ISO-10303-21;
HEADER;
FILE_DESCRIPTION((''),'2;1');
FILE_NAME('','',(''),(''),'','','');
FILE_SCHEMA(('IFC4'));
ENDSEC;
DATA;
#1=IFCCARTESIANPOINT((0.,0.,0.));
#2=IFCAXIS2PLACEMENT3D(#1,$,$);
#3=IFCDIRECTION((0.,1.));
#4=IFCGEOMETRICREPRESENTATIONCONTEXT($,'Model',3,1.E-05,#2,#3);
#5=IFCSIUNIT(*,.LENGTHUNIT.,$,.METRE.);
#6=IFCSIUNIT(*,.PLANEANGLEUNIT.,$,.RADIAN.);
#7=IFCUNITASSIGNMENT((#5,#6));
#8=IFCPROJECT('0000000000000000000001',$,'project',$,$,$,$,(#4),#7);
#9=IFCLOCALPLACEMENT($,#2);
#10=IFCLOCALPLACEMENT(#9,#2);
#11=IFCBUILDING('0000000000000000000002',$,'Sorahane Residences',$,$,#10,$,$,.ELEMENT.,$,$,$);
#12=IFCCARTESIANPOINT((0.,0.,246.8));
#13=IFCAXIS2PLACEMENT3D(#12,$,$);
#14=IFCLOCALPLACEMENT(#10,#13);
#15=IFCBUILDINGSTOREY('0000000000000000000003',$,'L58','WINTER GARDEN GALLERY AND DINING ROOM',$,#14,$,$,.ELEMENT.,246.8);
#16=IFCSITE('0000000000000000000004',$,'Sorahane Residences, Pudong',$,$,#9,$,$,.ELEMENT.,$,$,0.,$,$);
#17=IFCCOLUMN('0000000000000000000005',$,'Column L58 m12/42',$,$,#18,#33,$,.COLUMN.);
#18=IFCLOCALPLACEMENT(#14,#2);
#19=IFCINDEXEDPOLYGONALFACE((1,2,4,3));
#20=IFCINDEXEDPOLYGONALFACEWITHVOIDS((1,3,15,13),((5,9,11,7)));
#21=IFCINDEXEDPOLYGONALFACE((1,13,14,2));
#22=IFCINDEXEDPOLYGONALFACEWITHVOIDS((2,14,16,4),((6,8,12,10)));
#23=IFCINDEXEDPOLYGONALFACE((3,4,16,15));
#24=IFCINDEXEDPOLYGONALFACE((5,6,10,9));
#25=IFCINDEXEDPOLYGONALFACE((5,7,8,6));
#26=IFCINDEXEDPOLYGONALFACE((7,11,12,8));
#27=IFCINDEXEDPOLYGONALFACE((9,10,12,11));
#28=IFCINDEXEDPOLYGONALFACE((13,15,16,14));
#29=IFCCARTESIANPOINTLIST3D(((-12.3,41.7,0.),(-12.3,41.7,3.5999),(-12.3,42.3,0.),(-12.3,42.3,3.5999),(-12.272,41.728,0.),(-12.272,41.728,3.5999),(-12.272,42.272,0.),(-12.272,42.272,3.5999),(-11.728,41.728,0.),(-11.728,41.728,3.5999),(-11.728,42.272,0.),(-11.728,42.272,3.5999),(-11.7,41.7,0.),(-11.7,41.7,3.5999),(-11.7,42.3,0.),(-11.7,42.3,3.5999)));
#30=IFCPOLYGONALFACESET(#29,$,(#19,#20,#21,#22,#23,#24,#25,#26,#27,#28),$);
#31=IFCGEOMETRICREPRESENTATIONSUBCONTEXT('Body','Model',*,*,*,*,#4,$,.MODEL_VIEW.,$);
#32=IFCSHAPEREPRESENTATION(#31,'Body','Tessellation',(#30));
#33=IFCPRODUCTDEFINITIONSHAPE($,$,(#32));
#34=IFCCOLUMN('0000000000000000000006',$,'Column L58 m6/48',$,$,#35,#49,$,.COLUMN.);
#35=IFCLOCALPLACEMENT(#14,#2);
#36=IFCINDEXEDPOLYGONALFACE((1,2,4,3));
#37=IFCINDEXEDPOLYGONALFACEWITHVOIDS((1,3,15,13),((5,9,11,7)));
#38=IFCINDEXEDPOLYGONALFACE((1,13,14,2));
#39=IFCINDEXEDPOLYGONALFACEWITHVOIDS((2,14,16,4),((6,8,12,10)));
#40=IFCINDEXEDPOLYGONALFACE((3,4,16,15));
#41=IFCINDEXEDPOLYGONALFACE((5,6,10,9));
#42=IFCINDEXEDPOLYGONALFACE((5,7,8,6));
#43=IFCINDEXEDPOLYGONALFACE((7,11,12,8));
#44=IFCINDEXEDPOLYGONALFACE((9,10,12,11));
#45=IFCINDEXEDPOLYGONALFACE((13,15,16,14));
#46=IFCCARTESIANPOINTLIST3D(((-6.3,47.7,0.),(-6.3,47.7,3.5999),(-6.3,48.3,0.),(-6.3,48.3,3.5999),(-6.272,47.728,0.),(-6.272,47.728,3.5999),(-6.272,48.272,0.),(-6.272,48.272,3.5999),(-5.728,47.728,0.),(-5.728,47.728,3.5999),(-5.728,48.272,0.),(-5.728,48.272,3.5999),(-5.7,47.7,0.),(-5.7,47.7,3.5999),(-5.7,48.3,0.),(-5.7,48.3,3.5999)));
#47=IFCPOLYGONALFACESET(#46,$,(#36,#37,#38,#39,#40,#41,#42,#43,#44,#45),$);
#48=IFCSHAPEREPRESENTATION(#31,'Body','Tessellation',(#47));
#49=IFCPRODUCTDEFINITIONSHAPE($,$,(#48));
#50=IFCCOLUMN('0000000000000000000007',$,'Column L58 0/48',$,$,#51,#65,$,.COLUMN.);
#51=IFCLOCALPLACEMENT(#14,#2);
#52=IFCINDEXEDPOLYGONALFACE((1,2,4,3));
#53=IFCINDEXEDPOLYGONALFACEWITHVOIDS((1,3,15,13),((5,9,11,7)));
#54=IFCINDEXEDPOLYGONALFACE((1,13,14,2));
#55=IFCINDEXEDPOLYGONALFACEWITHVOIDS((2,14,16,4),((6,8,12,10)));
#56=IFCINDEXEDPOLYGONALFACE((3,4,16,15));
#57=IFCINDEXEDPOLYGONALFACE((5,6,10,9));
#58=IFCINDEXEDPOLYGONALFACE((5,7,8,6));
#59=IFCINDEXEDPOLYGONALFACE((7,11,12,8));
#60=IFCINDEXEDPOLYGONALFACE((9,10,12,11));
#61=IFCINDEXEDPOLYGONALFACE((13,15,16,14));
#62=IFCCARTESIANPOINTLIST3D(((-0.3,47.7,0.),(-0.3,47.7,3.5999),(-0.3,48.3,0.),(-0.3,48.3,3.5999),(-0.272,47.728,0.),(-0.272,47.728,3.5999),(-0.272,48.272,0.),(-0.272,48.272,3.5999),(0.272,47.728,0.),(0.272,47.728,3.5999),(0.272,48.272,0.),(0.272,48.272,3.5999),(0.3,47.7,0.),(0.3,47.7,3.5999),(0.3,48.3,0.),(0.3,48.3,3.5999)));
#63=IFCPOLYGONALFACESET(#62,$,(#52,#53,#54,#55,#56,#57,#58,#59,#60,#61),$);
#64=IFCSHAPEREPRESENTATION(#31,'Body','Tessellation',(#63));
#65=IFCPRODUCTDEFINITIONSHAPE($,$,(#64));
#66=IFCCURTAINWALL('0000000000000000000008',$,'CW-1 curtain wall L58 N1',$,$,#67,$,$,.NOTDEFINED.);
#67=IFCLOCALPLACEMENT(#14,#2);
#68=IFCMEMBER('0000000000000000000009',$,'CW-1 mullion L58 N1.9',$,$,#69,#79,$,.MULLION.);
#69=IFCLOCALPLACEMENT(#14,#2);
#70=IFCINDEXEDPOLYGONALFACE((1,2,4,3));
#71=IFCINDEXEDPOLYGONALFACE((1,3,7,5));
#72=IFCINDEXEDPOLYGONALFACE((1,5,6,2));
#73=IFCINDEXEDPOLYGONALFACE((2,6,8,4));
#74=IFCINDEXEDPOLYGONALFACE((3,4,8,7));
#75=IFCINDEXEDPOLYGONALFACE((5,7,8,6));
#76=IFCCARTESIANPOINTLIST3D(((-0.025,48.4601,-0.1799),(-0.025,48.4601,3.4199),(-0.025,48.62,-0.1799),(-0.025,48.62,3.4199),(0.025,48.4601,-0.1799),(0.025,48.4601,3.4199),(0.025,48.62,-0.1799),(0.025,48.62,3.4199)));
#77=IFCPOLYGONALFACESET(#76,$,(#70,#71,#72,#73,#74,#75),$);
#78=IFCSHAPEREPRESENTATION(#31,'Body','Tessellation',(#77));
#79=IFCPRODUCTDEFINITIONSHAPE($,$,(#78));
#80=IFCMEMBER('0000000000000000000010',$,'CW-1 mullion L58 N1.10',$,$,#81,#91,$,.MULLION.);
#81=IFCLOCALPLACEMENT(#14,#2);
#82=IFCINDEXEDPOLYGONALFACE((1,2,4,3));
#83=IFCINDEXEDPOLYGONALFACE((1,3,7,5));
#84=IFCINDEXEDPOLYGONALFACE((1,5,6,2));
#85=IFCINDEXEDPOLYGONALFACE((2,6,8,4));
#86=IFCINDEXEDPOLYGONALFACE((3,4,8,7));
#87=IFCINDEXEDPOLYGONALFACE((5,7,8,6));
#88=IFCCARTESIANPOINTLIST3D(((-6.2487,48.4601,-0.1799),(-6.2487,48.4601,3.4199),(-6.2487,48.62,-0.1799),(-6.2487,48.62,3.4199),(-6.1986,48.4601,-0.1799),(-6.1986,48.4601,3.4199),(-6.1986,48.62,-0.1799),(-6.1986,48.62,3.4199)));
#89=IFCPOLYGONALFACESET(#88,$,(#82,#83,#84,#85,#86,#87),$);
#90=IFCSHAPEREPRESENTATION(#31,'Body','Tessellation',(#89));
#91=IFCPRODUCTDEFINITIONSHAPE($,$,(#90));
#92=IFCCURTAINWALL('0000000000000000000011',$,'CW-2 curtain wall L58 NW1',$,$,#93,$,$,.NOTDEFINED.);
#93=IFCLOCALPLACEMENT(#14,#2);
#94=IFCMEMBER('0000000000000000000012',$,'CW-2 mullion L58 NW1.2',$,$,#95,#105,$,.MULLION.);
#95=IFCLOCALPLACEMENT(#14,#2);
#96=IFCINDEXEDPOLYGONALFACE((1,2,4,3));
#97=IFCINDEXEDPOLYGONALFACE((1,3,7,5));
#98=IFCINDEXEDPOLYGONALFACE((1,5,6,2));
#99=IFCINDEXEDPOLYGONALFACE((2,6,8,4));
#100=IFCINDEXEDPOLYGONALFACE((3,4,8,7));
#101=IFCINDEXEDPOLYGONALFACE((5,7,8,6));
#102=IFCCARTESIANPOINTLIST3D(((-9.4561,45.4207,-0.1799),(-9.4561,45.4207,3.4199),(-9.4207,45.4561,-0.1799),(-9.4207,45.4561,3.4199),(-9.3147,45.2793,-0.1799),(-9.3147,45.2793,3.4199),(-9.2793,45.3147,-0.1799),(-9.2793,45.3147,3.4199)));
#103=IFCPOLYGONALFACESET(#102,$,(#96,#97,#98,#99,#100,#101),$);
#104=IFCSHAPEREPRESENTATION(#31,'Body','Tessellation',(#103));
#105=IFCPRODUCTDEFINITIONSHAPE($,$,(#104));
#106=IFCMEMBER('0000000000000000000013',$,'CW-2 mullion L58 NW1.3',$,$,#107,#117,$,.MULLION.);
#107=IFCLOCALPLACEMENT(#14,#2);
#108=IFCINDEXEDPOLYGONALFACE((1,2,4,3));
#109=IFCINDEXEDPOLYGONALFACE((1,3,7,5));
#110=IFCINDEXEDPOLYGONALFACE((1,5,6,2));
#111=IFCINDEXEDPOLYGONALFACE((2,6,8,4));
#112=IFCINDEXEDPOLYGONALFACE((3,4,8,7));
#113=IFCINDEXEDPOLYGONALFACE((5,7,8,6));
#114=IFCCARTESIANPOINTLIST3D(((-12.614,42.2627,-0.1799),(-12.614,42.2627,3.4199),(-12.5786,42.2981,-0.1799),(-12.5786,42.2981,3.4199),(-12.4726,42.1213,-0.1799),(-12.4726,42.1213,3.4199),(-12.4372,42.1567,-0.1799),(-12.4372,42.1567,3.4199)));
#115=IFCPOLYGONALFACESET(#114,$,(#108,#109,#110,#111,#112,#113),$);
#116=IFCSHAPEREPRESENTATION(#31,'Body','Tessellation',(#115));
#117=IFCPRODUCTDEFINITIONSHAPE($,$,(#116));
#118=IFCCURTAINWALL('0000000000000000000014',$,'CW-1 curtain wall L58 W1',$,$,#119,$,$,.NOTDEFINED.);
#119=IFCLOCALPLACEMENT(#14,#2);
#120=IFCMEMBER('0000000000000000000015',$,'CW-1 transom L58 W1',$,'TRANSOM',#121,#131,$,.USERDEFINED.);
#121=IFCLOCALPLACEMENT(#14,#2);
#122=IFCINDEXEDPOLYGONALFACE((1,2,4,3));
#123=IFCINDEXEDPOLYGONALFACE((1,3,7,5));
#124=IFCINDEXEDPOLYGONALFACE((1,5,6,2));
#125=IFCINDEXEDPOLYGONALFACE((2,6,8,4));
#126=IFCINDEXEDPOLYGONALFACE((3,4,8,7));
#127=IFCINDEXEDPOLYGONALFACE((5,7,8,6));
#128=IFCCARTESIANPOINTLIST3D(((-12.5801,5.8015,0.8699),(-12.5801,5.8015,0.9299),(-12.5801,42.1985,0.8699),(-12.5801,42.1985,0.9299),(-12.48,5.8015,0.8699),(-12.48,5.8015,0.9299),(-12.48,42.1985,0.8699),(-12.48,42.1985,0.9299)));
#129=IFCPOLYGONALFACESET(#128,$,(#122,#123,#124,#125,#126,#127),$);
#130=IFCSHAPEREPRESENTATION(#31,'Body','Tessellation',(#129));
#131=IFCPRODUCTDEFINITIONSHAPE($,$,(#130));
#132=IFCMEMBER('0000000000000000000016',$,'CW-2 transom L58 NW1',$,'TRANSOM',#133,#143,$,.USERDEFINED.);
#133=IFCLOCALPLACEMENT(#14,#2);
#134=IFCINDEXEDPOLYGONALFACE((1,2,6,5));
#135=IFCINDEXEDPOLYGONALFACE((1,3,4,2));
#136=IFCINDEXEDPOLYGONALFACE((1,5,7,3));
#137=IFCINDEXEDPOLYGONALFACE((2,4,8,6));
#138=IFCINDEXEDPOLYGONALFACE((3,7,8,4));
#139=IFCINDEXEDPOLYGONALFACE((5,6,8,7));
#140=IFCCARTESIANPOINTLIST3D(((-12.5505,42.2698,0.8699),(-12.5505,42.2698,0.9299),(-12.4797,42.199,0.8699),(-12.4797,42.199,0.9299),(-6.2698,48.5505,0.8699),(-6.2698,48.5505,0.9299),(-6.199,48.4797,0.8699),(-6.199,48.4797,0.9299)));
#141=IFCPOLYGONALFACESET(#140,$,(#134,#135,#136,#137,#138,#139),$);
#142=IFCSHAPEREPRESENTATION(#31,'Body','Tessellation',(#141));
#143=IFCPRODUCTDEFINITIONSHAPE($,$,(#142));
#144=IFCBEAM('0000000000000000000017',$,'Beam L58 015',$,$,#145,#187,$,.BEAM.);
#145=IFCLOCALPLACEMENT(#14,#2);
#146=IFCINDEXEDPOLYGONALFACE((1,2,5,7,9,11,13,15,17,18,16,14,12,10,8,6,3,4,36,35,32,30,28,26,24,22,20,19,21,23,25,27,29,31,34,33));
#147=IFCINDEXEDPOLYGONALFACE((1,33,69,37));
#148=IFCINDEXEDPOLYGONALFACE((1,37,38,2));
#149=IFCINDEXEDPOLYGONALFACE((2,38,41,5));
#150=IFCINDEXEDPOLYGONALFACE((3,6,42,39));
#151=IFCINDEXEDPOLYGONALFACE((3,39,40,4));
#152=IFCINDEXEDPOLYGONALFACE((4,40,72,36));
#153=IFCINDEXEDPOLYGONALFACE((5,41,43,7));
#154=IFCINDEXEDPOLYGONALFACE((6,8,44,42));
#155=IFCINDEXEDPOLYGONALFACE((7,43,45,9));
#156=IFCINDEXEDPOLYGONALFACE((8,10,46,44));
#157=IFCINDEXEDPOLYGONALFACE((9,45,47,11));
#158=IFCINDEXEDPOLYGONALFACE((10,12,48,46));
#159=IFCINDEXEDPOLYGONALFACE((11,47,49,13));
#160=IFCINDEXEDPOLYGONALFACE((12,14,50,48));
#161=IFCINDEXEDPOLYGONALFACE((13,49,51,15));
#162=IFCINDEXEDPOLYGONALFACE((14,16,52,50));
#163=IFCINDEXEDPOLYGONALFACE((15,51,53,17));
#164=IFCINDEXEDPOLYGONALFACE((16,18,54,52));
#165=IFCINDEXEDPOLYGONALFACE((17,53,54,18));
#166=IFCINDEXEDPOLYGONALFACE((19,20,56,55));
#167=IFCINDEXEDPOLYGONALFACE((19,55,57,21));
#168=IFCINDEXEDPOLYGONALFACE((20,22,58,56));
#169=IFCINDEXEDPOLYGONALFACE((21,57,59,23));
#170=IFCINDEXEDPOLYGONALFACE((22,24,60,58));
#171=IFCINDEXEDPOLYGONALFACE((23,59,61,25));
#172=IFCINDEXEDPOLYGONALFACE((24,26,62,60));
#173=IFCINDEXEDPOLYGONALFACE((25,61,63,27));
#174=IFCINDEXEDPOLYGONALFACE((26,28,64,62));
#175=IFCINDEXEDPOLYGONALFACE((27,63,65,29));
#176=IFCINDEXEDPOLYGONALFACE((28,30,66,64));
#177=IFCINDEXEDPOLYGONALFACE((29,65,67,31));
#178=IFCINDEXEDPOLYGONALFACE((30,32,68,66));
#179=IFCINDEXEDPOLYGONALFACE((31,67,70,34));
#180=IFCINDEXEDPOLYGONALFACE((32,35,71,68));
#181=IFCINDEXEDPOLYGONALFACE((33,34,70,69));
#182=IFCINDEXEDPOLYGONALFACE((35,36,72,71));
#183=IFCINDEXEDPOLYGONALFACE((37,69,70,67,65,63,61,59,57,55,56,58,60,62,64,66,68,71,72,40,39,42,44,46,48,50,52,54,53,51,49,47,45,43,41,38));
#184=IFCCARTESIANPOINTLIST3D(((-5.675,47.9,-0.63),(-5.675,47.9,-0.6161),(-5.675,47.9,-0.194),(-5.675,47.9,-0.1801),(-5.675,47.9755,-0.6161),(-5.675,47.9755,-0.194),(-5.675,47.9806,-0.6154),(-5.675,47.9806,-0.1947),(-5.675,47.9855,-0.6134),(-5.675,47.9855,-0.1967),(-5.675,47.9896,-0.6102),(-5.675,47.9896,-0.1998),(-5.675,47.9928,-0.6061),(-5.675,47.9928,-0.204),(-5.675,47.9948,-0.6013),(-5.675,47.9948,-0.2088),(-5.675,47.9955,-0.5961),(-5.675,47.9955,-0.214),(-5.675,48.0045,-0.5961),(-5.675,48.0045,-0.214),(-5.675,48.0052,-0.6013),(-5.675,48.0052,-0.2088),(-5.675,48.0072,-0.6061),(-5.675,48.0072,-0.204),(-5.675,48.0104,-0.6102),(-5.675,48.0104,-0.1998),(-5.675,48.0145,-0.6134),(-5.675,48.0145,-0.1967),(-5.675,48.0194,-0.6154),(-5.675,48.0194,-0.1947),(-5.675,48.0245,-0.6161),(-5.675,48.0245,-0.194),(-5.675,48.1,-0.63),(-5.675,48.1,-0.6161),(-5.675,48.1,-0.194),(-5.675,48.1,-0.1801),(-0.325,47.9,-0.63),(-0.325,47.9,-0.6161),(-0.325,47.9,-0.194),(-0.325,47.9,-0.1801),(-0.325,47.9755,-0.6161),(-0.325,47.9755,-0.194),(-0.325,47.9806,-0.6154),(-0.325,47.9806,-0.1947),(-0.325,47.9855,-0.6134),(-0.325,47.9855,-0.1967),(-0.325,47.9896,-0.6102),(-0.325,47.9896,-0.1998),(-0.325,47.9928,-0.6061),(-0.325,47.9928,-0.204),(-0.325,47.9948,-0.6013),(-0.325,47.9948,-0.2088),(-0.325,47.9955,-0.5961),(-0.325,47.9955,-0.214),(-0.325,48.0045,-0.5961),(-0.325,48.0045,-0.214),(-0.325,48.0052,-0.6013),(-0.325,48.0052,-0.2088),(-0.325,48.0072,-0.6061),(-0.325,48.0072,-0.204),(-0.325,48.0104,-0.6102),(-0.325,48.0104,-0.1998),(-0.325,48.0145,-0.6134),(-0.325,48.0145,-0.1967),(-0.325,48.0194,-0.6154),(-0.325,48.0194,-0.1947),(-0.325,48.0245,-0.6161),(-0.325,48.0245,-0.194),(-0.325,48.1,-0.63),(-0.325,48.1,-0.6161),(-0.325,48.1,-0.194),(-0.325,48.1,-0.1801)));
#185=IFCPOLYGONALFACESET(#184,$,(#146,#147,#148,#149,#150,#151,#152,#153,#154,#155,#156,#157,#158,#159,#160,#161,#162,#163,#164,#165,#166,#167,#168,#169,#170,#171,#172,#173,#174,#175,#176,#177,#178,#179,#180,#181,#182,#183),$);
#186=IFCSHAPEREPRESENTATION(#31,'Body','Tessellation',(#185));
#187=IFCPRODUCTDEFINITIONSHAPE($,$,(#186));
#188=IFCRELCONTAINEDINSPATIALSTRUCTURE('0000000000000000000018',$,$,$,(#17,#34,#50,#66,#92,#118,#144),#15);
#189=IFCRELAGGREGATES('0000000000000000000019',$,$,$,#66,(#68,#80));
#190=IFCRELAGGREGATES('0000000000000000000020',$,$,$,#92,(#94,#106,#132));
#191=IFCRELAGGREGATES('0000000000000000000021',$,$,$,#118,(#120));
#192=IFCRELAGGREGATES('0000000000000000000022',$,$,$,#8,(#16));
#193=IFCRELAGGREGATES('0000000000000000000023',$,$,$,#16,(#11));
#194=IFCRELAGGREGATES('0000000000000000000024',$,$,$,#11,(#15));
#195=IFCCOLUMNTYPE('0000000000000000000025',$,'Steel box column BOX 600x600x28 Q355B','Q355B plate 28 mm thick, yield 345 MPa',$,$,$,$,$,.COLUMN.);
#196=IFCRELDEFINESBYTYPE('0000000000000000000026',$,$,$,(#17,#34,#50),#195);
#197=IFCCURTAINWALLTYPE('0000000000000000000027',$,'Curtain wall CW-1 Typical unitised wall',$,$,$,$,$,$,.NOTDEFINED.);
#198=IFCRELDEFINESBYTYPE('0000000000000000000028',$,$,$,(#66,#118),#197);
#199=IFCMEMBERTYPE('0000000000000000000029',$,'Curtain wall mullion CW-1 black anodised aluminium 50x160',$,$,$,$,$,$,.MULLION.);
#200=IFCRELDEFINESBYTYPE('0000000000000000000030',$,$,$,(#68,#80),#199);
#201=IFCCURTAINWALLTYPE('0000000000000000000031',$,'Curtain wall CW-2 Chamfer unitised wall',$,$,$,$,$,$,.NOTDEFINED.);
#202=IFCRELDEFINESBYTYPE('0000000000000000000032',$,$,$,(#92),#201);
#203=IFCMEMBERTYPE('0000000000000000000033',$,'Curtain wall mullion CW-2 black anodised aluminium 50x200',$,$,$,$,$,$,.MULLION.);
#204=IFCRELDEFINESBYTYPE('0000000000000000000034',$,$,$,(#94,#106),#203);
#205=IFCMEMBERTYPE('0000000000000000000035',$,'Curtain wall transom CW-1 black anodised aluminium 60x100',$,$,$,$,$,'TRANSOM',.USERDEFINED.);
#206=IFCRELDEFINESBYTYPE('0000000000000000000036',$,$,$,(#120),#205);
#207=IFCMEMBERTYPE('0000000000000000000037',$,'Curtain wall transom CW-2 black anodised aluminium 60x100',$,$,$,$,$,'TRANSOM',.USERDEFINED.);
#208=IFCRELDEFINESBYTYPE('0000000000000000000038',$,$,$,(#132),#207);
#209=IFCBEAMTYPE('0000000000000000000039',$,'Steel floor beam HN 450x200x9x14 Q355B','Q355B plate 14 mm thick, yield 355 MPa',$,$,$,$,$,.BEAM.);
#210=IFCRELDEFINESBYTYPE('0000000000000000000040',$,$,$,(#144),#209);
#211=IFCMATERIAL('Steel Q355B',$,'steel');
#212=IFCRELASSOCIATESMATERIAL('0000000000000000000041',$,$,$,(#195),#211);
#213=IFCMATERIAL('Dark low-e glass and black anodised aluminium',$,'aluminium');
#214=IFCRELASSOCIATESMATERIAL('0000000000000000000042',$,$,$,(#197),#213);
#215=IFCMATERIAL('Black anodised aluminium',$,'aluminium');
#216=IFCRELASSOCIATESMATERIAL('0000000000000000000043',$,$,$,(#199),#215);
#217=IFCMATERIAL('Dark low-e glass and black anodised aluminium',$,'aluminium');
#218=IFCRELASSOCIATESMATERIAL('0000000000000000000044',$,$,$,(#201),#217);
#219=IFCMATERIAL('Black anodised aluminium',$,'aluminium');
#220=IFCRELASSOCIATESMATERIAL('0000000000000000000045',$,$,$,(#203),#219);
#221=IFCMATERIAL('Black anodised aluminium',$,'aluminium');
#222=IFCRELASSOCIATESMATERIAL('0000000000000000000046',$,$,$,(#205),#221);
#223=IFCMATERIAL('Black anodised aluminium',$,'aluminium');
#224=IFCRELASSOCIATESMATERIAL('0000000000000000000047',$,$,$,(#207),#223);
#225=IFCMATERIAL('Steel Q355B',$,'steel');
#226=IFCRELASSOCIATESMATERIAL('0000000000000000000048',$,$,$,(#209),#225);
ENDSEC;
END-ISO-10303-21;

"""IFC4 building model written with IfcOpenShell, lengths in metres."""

from ifc_helpers import new_model, si_unit, direction, frame, origin, origin_2d, place, context, subcontext, project, spatial, rectangle, hollow_rectangle, i_section, extrude, material, material_profile, profile_set, type_object, element, aggregate, save


model = new_model("IFC4")

# Units and contexts
model_context = context("Model", 3, precision=1e-05, world=origin(), true_north=direction((0.0, 1.0)))
body_context = subcontext(model_context, "Body", "Model", "MODEL_VIEW")
ifc_project = project(units=[si_unit("LENGTHUNIT", "METRE"), si_unit("PLANEANGLEUNIT", "RADIAN")], contexts=[model_context])

# Site, building, storey
site_placement = place(None, origin())
site = spatial("IfcSite", under=ifc_project, at=site_placement, Name="Sorahane Residences, Pudong", CompositionType="ELEMENT", RefElevation=0.0)
building_placement = place(site_placement, origin())
building = spatial("IfcBuilding", under=site, at=building_placement, Name="Sorahane Residences", CompositionType="ELEMENT")
storey_placement = place(building_placement, frame((0.0, 0.0, 246.8)))
storey = spatial("IfcBuildingStorey", under=building, at=storey_placement, Name="L58", Description="WINTER GARDEN GALLERY AND DINING ROOM", CompositionType="ELEMENT", Elevation=246.8)

# Columns
ifc_material_1 = material(Name="Steel Q355B", Category="steel")
ifc_material_profile_1 = material_profile(ifc_material_1, hollow_rectangle(XDim=0.6001, YDim=0.6001, WallThickness=0.0281, at=origin_2d()), Name="BOX 600x600x28")
ifc_profile_set_1 = profile_set([ifc_material_profile_1], Name="Steel Q355B")
column_type = type_object("IfcColumnType", Name="Steel box column BOX 600x600x28 Q355B", Description="Q355B plate 28 mm thick, yield 345 MPa", PredefinedType="COLUMN", material=ifc_profile_set_1)
for number, where, z_axis, x_axis, name in (
    (1, (-12.0, 42.0, 0.0), (0.0, 0.0, 1.0), (1.0, 0.0, 0.0), "Column L58 m12/42"),
    (2, (-6.0, 48.0, 0.0), (0.0, 0.0, 1.0), (1.0, 0.0, 0.0), "Column L58 m6/48"),
    (3, (0.0, 48.0, 0.0), (0.0, 0.0, 1.0), (1.0, 0.0, 0.0), "Column L58 0/48"),
):
    element("IfcColumn", number, at=place(storey_placement, frame(where, z_axis=z_axis, x_axis=x_axis)), inside=storey, type_object=column_type, Name=name, PredefinedType="COLUMN", context=body_context, shape_type="SweptSolid", body=[
        extrude(hollow_rectangle(XDim=0.6001, YDim=0.6001, WallThickness=0.0281, at=origin_2d()), origin(), (0.0, 0.0, 1.0), 3.5999),
    ])

# Curtain walls, members
ifc_material_2 = material(Name="Dark low-e glass and black anodised aluminium", Category="aluminium")
curtain_wall_type_1 = type_object("IfcCurtainWallType", Name="Curtain wall CW-1 Typical unitised wall", PredefinedType="NOTDEFINED", material=ifc_material_2)
curtain_wall_1_placement = place(storey_placement, origin())
curtain_wall_1 = element("IfcCurtainWall", 4, at=curtain_wall_1_placement, inside=storey, type_object=curtain_wall_type_1, Name="CW-1 curtain wall L58 N1", PredefinedType="NOTDEFINED")
ifc_material_3 = material(Name="Black anodised aluminium", Category="aluminium")
ifc_material_profile_2 = material_profile(ifc_material_3, rectangle(XDim=0.1599, YDim=0.05, at=origin_2d()), Name="Curtain wall mullion CW-1 black anodised aluminium 50x160")
ifc_profile_set_2 = profile_set([ifc_material_profile_2], Name="Black anodised aluminium")
member_type_1 = type_object("IfcMemberType", Name="Curtain wall mullion CW-1 black anodised aluminium 50x160", PredefinedType="MULLION", material=ifc_profile_set_2)
member_1_placement = place(storey_placement, frame((0.0, 48.54, -0.1799), z_axis=(0.0, 0.0, 1.0), x_axis=(0.0, 1.0, 0.0)))
member_1 = element("IfcMember", 5, at=member_1_placement, type_object=member_type_1, Name="CW-1 mullion L58 N1.9", PredefinedType="MULLION", context=body_context, shape_type="SweptSolid", body=[
    extrude(rectangle(XDim=0.1599, YDim=0.05, at=origin_2d()), origin(), (0.0, 0.0, 1.0), 3.5999),
])
member_2_placement = place(storey_placement, frame((-6.2236, 48.54, -0.1799), z_axis=(0.0, 0.0, 1.0), x_axis=(0.0, 1.0, 0.0)))
member_2 = element("IfcMember", 6, at=member_2_placement, type_object=member_type_1, Name="CW-1 mullion L58 N1.10", PredefinedType="MULLION", context=body_context, shape_type="SweptSolid", body=[
    extrude(rectangle(XDim=0.1599, YDim=0.05, at=origin_2d()), origin(), (0.0, 0.0, 1.0), 3.5999),
])
ifc_material_4 = material(Name="Dark low-e glass and black anodised aluminium", Category="aluminium")
curtain_wall_type_2 = type_object("IfcCurtainWallType", Name="Curtain wall CW-2 Chamfer unitised wall", PredefinedType="NOTDEFINED", material=ifc_material_4)
curtain_wall_2_placement = place(storey_placement, origin())
curtain_wall_2 = element("IfcCurtainWall", 7, at=curtain_wall_2_placement, inside=storey, type_object=curtain_wall_type_2, Name="CW-2 curtain wall L58 NW1", PredefinedType="NOTDEFINED")
ifc_material_5 = material(Name="Black anodised aluminium", Category="aluminium")
ifc_material_profile_3 = material_profile(ifc_material_5, rectangle(XDim=0.2, YDim=0.05, at=origin_2d()), Name="Curtain wall mullion CW-2 black anodised aluminium 50x200")
ifc_profile_set_3 = profile_set([ifc_material_profile_3], Name="Black anodised aluminium")
member_type_2 = type_object("IfcMemberType", Name="Curtain wall mullion CW-2 black anodised aluminium 50x200", PredefinedType="MULLION", material=ifc_profile_set_3)
member_3_placement = place(storey_placement, frame((-9.3677, 45.3677, -0.1799), z_axis=(0.0, 0.0, 1.0), x_axis=(-0.707107, 0.707107, 0.0)))
member_3 = element("IfcMember", 8, at=member_3_placement, type_object=member_type_2, Name="CW-2 mullion L58 NW1.2", PredefinedType="MULLION", context=body_context, shape_type="SweptSolid", body=[
    extrude(rectangle(XDim=0.2, YDim=0.05, at=origin_2d()), origin(), (0.0, 0.0, 1.0), 3.5999),
])
member_4_placement = place(storey_placement, frame((-12.5256, 42.2097, -0.1799), z_axis=(0.0, 0.0, 1.0), x_axis=(-0.707107, 0.707107, 0.0)))
member_4 = element("IfcMember", 9, at=member_4_placement, type_object=member_type_2, Name="CW-2 mullion L58 NW1.3", PredefinedType="MULLION", context=body_context, shape_type="SweptSolid", body=[
    extrude(rectangle(XDim=0.2, YDim=0.05, at=origin_2d()), origin(), (0.0, 0.0, 1.0), 3.5999),
])

# Curtain wall, member
curtain_wall_3_placement = place(storey_placement, origin())
curtain_wall_3 = element("IfcCurtainWall", 10, at=curtain_wall_3_placement, inside=storey, type_object=curtain_wall_type_1, Name="CW-1 curtain wall L58 W1", PredefinedType="NOTDEFINED")
ifc_material_6 = material(Name="Black anodised aluminium", Category="aluminium")
ifc_material_profile_4 = material_profile(ifc_material_6, rectangle(XDim=0.1001, YDim=0.0601, at=origin_2d()), Name="Curtain wall transom CW-1 black anodised aluminium 60x100")
ifc_profile_set_4 = profile_set([ifc_material_profile_4], Name="Black anodised aluminium")
member_type_3 = type_object("IfcMemberType", Name="Curtain wall transom CW-1 black anodised aluminium 60x100", ElementType="TRANSOM", PredefinedType="USERDEFINED", material=ifc_profile_set_4)
member_5_placement = place(storey_placement, frame((-12.53, 42.1985, 0.8999), z_axis=(0.0, -1.0, 0.0), x_axis=(1.0, 0.0, 0.0)))
member_5 = element("IfcMember", 11, at=member_5_placement, type_object=member_type_3, Name="CW-1 transom L58 W1", ObjectType="TRANSOM", PredefinedType="USERDEFINED", context=body_context, shape_type="SweptSolid", body=[
    extrude(rectangle(XDim=0.1001, YDim=0.0601, at=origin_2d()), origin(), (0.0, 0.0, 1.0), 36.397),
])

# Member
ifc_material_7 = material(Name="Black anodised aluminium", Category="aluminium")
ifc_material_profile_5 = material_profile(ifc_material_7, rectangle(XDim=0.1001, YDim=0.0601, at=origin_2d()), Name="Curtain wall transom CW-2 black anodised aluminium 60x100")
ifc_profile_set_5 = profile_set([ifc_material_profile_5], Name="Black anodised aluminium")
member_type_4 = type_object("IfcMemberType", Name="Curtain wall transom CW-2 black anodised aluminium 60x100", ElementType="TRANSOM", PredefinedType="USERDEFINED", material=ifc_profile_set_5)
member_6_placement = place(storey_placement, frame((-6.2344, 48.5151, 0.8999), z_axis=(-0.707107, -0.707107, 0.0), x_axis=(0.707107, -0.707107, 0.0)))
member_6 = element("IfcMember", 12, at=member_6_placement, type_object=member_type_4, Name="CW-2 transom L58 NW1", ObjectType="TRANSOM", PredefinedType="USERDEFINED", context=body_context, shape_type="SweptSolid", body=[
    extrude(rectangle(XDim=0.1001, YDim=0.0601, at=origin_2d()), origin(), (0.0, 0.0, 1.0), 8.8823),
])

# Beam
ifc_material_8 = material(Name="Steel Q355B", Category="steel")
ifc_material_profile_6 = material_profile(ifc_material_8, i_section(OverallWidth=0.2, OverallDepth=0.45, WebThickness=0.009, FlangeThickness=0.0139, FilletRadius=0.02, at=origin_2d()), Name="HN 450x200x9x14")
ifc_profile_set_6 = profile_set([ifc_material_profile_6], Name="Steel Q355B")
beam_type_1 = type_object("IfcBeamType", Name="Steel floor beam HN 450x200x9x14 Q355B", Description="Q355B plate 14 mm thick, yield 355 MPa", PredefinedType="BEAM", material=ifc_profile_set_6)
beam_1_placement = place(storey_placement, frame((-5.675, 48.0, -0.405), z_axis=(1.0, 0.0, 0.0), x_axis=(0.0, 1.0, 0.0)))
element("IfcBeam", 13, at=beam_1_placement, inside=storey, type_object=beam_type_1, Name="Beam L58 015", PredefinedType="BEAM", context=body_context, shape_type="SweptSolid", body=[
    extrude(i_section(OverallWidth=0.2, OverallDepth=0.45, WebThickness=0.009, FlangeThickness=0.0139, FilletRadius=0.02, at=origin_2d()), origin(), (0.0, 0.0, 1.0), 5.3501),
])

aggregate(curtain_wall_1, [member_1, member_2])
aggregate(curtain_wall_2, [member_3, member_4, member_6])
aggregate(curtain_wall_3, [member_5])

save(model, "model.ifc")
